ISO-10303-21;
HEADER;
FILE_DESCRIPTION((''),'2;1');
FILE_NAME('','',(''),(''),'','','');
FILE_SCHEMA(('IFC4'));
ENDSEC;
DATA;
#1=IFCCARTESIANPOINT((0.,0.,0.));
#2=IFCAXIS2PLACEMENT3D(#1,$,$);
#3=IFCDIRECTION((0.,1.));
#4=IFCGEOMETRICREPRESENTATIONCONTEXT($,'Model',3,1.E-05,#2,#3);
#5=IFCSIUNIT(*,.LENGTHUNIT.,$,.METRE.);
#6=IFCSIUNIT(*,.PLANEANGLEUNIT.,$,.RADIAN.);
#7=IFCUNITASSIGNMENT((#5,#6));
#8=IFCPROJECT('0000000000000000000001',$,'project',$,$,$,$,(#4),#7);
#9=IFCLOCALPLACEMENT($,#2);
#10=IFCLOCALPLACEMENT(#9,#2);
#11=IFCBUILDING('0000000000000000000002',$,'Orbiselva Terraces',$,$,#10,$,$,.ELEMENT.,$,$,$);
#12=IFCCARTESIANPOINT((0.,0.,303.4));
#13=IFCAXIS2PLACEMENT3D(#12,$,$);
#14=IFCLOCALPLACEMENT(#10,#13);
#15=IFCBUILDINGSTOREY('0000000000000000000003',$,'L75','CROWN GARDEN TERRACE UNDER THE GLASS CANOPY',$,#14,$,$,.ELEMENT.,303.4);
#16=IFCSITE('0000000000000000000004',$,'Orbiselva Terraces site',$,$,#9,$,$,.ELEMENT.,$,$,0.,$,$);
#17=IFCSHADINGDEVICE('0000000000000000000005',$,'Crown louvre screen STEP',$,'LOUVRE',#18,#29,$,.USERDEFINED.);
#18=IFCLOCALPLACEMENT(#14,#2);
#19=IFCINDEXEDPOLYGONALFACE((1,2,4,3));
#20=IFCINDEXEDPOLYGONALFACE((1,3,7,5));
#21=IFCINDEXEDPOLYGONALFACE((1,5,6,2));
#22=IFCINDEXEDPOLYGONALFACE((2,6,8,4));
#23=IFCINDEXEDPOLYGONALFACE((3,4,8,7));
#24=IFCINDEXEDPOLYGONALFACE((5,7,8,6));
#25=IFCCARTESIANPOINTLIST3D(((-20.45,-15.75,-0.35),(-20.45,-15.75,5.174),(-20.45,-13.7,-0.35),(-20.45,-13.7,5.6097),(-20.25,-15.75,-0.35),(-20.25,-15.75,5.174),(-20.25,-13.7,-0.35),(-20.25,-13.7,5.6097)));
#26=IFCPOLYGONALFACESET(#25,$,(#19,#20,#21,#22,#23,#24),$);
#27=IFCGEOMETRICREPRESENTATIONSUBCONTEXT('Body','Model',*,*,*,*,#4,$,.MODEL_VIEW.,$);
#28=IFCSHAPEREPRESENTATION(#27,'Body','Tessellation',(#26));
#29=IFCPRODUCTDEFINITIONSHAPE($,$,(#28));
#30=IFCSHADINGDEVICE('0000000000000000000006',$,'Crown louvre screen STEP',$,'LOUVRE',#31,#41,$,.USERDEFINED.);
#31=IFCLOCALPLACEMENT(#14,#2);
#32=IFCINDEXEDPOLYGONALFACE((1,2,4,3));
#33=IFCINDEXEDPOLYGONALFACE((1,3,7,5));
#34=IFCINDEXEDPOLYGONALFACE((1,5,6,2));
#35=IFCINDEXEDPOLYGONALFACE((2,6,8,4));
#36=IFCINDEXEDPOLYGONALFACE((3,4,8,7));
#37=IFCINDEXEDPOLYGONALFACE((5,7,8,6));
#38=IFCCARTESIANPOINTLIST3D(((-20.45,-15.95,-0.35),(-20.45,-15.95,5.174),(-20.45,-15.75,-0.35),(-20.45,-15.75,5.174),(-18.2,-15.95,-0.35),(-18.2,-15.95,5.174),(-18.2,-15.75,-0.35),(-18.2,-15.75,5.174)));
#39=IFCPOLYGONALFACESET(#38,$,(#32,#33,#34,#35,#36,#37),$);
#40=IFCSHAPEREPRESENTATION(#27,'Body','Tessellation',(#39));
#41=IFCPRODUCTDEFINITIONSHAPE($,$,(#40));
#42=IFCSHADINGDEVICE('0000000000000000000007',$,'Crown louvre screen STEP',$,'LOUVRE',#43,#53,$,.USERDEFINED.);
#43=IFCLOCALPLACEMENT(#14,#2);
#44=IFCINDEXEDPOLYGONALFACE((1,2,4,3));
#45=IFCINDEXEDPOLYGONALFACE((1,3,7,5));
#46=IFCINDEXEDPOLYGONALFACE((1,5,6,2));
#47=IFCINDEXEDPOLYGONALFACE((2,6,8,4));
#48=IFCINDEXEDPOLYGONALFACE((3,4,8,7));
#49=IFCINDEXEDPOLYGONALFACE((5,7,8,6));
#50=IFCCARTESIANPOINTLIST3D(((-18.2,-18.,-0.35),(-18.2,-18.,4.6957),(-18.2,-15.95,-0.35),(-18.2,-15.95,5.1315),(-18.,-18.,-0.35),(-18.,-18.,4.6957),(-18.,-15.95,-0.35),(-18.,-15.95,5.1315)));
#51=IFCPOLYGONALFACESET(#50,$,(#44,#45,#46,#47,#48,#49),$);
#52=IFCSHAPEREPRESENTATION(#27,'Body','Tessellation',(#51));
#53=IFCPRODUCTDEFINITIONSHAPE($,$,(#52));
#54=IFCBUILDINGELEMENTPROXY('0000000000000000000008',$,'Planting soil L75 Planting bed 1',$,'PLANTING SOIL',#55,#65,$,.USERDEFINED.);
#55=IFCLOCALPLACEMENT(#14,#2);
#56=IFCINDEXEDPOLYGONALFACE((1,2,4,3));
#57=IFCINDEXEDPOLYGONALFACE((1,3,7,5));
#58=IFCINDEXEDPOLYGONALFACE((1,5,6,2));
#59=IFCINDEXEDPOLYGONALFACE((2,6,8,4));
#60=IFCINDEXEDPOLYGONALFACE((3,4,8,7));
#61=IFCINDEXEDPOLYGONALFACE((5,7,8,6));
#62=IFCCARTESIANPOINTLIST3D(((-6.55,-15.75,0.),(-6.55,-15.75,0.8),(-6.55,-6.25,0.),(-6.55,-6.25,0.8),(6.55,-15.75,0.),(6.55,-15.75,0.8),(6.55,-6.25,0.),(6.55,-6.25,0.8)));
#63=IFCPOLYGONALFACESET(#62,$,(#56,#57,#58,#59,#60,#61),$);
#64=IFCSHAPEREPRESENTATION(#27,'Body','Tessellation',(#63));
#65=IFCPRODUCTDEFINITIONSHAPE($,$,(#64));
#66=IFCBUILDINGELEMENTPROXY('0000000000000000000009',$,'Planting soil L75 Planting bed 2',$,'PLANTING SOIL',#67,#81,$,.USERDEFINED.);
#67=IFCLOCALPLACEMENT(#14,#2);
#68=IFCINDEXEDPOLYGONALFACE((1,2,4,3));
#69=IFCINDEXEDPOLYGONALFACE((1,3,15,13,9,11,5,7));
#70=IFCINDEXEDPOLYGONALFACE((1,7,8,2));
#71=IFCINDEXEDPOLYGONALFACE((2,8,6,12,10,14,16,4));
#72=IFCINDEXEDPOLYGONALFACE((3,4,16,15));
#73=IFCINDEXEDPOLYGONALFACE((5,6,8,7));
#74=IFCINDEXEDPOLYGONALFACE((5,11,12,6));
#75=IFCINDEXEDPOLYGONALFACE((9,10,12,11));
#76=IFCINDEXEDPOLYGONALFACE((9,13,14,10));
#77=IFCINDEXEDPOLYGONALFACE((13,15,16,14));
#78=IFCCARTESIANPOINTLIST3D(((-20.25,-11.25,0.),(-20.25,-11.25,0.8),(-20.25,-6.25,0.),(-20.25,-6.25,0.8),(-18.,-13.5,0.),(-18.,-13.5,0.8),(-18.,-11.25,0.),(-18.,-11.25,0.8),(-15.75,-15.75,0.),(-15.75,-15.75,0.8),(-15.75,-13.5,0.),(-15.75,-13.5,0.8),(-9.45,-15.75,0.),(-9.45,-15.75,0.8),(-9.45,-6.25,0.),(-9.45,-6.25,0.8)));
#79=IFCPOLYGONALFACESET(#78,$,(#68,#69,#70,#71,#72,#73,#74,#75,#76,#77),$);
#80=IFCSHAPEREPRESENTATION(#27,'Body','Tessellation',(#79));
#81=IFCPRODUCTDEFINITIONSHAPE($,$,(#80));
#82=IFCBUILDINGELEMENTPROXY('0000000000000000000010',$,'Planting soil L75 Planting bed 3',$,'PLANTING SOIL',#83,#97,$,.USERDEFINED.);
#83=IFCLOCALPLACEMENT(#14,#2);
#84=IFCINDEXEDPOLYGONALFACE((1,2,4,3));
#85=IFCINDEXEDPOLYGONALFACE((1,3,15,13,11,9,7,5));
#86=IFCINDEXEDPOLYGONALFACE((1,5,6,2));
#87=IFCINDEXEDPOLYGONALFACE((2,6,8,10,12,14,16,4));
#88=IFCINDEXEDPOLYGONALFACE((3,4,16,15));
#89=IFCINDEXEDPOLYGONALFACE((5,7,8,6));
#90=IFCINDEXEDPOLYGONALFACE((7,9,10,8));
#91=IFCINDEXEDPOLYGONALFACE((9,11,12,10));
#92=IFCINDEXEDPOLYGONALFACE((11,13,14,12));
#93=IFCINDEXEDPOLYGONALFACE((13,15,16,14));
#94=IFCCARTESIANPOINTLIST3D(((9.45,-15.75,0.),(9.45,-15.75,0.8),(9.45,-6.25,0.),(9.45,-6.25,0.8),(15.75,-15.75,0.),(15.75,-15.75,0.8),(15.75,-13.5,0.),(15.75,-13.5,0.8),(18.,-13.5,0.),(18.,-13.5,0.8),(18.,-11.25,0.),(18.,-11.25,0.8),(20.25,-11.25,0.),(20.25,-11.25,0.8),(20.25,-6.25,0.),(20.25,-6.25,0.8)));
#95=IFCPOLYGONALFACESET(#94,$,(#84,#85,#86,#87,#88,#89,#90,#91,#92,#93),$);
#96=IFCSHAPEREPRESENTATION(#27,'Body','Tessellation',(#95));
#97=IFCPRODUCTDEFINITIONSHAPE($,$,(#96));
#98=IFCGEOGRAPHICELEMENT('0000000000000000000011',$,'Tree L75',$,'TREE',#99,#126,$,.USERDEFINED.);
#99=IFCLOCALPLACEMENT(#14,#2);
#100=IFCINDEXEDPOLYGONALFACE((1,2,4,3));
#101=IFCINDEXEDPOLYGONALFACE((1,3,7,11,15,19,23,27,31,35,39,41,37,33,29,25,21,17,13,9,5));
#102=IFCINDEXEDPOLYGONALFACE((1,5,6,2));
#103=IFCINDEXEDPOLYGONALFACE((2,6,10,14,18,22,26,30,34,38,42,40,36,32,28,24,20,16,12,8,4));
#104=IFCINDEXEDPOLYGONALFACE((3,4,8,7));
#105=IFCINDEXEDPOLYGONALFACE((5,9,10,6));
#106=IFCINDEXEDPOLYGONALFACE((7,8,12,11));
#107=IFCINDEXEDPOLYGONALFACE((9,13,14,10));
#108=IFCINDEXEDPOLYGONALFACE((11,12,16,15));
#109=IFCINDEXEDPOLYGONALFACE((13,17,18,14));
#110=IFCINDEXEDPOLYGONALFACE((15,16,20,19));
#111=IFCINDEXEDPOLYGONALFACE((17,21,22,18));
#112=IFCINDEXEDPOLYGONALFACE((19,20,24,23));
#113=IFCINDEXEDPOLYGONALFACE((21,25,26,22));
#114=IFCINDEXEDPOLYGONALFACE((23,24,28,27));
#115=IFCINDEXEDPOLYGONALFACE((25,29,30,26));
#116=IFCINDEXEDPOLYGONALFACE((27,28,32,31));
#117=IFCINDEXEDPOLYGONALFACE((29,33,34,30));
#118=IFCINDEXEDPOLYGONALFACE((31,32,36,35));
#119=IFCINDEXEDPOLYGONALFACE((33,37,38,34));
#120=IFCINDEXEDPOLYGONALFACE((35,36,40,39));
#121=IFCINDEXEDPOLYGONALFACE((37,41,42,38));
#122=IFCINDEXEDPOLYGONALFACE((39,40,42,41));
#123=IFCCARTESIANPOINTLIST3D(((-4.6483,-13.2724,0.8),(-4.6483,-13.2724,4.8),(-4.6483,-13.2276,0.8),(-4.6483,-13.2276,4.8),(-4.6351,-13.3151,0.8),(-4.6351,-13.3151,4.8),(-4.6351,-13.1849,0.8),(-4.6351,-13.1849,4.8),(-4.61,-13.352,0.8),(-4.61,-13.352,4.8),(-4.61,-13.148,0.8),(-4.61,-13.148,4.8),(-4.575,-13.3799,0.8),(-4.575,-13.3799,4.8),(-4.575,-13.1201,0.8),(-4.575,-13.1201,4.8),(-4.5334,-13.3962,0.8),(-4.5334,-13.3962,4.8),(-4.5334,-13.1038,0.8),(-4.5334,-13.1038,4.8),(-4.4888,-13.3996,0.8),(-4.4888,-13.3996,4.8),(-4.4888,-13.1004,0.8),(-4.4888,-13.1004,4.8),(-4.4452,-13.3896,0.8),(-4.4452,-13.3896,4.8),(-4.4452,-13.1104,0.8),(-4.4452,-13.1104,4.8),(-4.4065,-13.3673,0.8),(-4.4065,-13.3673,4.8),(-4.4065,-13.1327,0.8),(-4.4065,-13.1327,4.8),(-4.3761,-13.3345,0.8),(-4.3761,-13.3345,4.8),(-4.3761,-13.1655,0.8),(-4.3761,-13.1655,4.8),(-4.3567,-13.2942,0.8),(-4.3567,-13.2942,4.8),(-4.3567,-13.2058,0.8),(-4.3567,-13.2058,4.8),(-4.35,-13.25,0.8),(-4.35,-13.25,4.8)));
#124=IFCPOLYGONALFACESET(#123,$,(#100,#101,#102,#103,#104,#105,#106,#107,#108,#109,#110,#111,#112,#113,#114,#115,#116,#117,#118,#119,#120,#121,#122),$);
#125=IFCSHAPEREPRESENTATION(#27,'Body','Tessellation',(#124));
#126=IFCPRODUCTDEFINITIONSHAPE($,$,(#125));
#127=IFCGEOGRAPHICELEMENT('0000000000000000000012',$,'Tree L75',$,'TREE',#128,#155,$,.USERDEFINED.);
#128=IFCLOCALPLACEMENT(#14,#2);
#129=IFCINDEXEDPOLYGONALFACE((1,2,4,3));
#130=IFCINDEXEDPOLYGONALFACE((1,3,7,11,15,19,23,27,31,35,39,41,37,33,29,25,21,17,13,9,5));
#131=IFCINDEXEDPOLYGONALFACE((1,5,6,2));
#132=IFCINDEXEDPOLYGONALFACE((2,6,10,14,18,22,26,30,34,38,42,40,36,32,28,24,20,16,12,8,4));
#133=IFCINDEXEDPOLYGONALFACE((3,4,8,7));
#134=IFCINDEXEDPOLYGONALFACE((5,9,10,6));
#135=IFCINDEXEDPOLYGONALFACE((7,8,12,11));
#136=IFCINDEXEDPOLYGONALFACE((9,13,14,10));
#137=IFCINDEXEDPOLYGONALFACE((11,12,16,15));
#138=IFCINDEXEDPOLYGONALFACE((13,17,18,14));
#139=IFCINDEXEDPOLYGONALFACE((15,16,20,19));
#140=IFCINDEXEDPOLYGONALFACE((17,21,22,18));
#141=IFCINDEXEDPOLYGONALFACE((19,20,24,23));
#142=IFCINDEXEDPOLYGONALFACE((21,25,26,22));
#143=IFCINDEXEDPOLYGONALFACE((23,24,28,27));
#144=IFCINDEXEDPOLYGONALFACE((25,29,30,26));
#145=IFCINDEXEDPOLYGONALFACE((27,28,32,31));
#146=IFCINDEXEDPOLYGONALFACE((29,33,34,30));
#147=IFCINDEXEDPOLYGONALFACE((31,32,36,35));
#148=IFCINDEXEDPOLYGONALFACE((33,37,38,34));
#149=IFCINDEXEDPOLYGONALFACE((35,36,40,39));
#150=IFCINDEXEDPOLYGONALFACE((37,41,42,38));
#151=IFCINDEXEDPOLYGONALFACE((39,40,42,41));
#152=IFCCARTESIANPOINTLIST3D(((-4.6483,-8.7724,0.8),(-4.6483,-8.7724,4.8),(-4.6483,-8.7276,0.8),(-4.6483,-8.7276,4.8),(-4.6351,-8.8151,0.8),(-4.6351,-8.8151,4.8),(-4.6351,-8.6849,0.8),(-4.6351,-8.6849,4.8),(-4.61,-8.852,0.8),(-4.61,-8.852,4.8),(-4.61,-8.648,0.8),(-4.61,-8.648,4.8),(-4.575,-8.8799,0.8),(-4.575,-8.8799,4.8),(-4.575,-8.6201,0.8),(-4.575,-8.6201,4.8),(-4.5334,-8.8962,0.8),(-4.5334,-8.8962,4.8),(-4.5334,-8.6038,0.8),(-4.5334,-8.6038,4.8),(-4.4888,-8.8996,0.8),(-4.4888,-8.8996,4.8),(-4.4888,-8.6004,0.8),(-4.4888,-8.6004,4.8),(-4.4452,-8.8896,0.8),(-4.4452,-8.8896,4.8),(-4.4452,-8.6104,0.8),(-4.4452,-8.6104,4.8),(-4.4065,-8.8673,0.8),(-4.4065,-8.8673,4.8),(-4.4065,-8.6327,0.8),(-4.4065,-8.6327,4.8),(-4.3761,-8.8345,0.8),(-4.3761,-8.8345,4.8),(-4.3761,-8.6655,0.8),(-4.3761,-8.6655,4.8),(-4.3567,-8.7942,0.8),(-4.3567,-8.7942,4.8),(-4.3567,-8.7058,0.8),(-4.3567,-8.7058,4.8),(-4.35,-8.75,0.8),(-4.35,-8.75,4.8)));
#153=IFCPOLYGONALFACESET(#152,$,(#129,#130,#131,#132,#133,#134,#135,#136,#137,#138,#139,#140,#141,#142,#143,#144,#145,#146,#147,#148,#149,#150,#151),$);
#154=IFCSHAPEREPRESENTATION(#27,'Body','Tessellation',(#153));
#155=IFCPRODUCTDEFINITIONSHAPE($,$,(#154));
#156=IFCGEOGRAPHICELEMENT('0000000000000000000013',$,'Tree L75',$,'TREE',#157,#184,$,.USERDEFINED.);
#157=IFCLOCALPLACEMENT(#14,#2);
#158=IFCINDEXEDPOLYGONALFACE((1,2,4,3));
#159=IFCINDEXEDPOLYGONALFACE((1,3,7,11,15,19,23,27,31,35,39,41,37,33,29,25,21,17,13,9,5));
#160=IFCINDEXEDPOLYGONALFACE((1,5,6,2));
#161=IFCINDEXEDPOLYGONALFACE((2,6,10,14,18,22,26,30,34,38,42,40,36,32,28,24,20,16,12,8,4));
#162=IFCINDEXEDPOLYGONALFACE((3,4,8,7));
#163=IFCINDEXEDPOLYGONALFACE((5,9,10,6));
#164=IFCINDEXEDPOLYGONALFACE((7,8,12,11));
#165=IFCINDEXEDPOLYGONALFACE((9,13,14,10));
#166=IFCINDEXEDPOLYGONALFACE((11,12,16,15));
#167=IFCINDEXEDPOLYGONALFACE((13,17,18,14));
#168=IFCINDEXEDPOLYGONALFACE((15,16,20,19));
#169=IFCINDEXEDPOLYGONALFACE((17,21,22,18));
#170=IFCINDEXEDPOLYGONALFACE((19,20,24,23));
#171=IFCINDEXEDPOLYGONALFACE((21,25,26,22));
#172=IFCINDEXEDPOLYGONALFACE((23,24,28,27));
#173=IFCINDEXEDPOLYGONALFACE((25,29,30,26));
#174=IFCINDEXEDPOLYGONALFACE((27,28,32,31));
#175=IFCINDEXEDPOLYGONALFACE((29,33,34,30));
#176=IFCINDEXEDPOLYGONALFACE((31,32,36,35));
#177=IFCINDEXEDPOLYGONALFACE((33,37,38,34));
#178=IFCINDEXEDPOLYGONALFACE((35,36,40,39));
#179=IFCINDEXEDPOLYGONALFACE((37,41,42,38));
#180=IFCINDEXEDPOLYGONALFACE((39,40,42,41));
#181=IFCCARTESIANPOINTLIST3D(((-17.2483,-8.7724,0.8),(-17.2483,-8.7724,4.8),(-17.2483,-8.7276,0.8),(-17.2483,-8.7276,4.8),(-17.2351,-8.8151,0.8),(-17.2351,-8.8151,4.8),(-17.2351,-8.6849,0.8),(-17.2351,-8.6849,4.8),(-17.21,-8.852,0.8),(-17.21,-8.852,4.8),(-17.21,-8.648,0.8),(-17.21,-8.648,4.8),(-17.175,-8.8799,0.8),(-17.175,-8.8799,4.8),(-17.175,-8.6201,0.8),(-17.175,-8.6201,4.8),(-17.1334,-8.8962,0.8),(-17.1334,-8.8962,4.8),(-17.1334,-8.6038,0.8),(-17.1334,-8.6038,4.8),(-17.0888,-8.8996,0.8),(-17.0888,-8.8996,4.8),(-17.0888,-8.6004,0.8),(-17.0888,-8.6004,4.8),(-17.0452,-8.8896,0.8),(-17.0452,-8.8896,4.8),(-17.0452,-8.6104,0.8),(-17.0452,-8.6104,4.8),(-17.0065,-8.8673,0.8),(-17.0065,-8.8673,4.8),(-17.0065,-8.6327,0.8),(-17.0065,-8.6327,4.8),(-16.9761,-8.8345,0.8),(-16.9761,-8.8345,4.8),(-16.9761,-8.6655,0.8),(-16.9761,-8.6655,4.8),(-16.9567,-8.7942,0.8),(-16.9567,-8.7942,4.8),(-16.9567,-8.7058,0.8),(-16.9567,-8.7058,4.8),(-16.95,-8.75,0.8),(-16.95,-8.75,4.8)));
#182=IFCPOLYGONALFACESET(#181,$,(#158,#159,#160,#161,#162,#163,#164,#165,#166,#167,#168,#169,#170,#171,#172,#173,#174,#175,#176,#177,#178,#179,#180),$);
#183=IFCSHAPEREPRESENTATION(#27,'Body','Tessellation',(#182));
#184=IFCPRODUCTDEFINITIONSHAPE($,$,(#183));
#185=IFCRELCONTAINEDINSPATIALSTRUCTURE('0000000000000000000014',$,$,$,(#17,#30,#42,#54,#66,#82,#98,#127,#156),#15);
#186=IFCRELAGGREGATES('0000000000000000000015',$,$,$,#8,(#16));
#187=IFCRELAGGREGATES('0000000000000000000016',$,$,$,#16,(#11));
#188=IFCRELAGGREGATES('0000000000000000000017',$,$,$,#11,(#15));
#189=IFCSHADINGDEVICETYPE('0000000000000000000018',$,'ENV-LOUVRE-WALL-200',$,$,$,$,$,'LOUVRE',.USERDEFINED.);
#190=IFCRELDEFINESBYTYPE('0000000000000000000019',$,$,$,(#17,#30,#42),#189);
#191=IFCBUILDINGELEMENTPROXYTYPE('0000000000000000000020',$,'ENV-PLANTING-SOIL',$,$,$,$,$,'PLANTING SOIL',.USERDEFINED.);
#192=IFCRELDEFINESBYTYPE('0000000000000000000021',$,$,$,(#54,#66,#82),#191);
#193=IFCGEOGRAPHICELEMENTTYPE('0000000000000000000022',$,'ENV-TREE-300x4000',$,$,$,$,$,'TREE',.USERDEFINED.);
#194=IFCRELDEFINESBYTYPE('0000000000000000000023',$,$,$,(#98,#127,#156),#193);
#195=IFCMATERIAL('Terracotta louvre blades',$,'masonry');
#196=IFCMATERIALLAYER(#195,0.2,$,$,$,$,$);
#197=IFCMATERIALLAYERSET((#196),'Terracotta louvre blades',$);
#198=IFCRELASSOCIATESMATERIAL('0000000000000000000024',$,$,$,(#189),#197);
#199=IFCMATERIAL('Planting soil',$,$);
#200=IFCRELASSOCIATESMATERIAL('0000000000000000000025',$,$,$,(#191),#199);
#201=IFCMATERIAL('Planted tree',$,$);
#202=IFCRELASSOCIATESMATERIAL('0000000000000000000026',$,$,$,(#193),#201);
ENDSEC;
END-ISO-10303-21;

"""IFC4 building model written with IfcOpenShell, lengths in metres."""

from ifc_helpers import new_model, si_unit, direction, frame, origin, origin_2d, place, context, subcontext, project, spatial, polyline, circle, outline, extrude, material, layer, layer_set, type_object, element, save


model = new_model("IFC4")

# Units and contexts
model_context = context("Model", 3, precision=1e-05, world=origin(), true_north=direction((0.0, 1.0)))
body_context = subcontext(model_context, "Body", "Model", "MODEL_VIEW")
ifc_project = project(units=[si_unit("LENGTHUNIT", "METRE"), si_unit("PLANEANGLEUNIT", "RADIAN")], contexts=[model_context])

# Site, building, storey
site_placement = place(None, origin())
site = spatial("IfcSite", under=ifc_project, at=site_placement, Name="Orbiselva Terraces site", CompositionType="ELEMENT", RefElevation=0.0)
building_placement = place(site_placement, origin())
building = spatial("IfcBuilding", under=site, at=building_placement, Name="Orbiselva Terraces", CompositionType="ELEMENT")
storey_placement = place(building_placement, frame((0.0, 0.0, 303.4)))
storey = spatial("IfcBuildingStorey", under=building, at=storey_placement, Name="L75", Description="CROWN GARDEN TERRACE UNDER THE GLASS CANOPY", CompositionType="ELEMENT", Elevation=303.4)

# Shading devices
ifc_material_1 = material(Name="Terracotta louvre blades", Category="masonry")
ifc_layer_1 = layer(ifc_material_1, 0.2)
ifc_layer_set_1 = layer_set([ifc_layer_1], Name="Terracotta louvre blades")
shading_device_type = type_object("IfcShadingDeviceType", Name="ENV-LOUVRE-WALL-200", ElementType="LOUVRE", PredefinedType="USERDEFINED", material=ifc_layer_set_1)
shading_device_1_placement = place(storey_placement, frame((-20.35, -13.7, -0.35), z_axis=(0.0, 0.0, 1.0), x_axis=(0.0, -1.0, 0.0)))
element("IfcShadingDevice", 1, at=shading_device_1_placement, inside=storey, type_object=shading_device_type, Name="Crown louvre screen STEP", ObjectType="LOUVRE", PredefinedType="USERDEFINED", context=body_context, shape_type="SweptSolid", body=[
    extrude(outline(polyline([(0.0, 0.0), (2.05, 0.0), (2.05, 5.524), (0.0, 5.9597), (0.0, 0.0)])), frame((0.0, 0.1, 0.0), z_axis=(0.0, -1.0, 0.0), x_axis=(1.0, 0.0, 0.0)), (0.0, 0.0, 1.0), 0.2),
])
shading_device_2_placement = place(storey_placement, frame((-20.45, -15.85, -0.35), z_axis=(0.0, 0.0, 1.0), x_axis=(1.0, 0.0, 0.0)))
element("IfcShadingDevice", 2, at=shading_device_2_placement, inside=storey, type_object=shading_device_type, Name="Crown louvre screen STEP", ObjectType="LOUVRE", PredefinedType="USERDEFINED", context=body_context, shape_type="SweptSolid", body=[
    extrude(outline(polyline([(0.0, 0.0), (2.25, 0.0), (2.25, 5.524), (0.0, 5.524), (0.0, 0.0)])), frame((0.0, 0.1, 0.0), z_axis=(0.0, -1.0, 0.0), x_axis=(1.0, 0.0, 0.0)), (0.0, 0.0, 1.0), 0.2),
])
shading_device_3_placement = place(storey_placement, frame((-18.1, -15.95, -0.35), z_axis=(0.0, 0.0, 1.0), x_axis=(0.0, -1.0, 0.0)))
element("IfcShadingDevice", 3, at=shading_device_3_placement, inside=storey, type_object=shading_device_type, Name="Crown louvre screen STEP", ObjectType="LOUVRE", PredefinedType="USERDEFINED", context=body_context, shape_type="SweptSolid", body=[
    extrude(outline(polyline([(0.0, 0.0), (2.05, 0.0), (2.05, 5.0457), (0.0, 5.4815), (0.0, 0.0)])), frame((0.0, 0.1, 0.0), z_axis=(0.0, -1.0, 0.0), x_axis=(1.0, 0.0, 0.0)), (0.0, 0.0, 1.0), 0.2),
])

# Building element proxies
ifc_material_2 = material(Name="Planting soil")
building_element_proxy_type = type_object("IfcBuildingElementProxyType", Name="ENV-PLANTING-SOIL", ElementType="PLANTING SOIL", PredefinedType="USERDEFINED", material=ifc_material_2)
proxy_1_placement = place(storey_placement, origin())
element("IfcBuildingElementProxy", 4, at=proxy_1_placement, inside=storey, type_object=building_element_proxy_type, Name="Planting soil L75 Planting bed 1", ObjectType="PLANTING SOIL", PredefinedType="USERDEFINED", context=body_context, shape_type="SweptSolid", body=[
    extrude(outline(polyline([(-6.55, -15.75), (-6.55, -6.25), (6.55, -6.25), (6.55, -15.75), (-6.55, -15.75)])), origin(), (0.0, 0.0, 1.0), 0.8),
])
proxy_2_placement = place(storey_placement, origin())
element("IfcBuildingElementProxy", 5, at=proxy_2_placement, inside=storey, type_object=building_element_proxy_type, Name="Planting soil L75 Planting bed 2", ObjectType="PLANTING SOIL", PredefinedType="USERDEFINED", context=body_context, shape_type="SweptSolid", body=[
    extrude(outline(polyline([(-15.75, -15.75), (-15.75, -13.5), (-18.0, -13.5), (-18.0, -11.25), (-20.25, -11.25), (-20.25, -6.25), (-9.45, -6.25), (-9.45, -15.75), (-15.75, -15.75)])), origin(), (0.0, 0.0, 1.0), 0.8),
])
proxy_3_placement = place(storey_placement, origin())
element("IfcBuildingElementProxy", 6, at=proxy_3_placement, inside=storey, type_object=building_element_proxy_type, Name="Planting soil L75 Planting bed 3", ObjectType="PLANTING SOIL", PredefinedType="USERDEFINED", context=body_context, shape_type="SweptSolid", body=[
    extrude(outline(polyline([(20.25, -11.25), (18.0, -11.25), (18.0, -13.5), (15.75, -13.5), (15.75, -15.75), (9.45, -15.75), (9.45, -6.25), (20.25, -6.25), (20.25, -11.25)])), origin(), (0.0, 0.0, 1.0), 0.8),
])

# Geographic elements
ifc_material_3 = material(Name="Planted tree")
geographic_element_type = type_object("IfcGeographicElementType", Name="ENV-TREE-300x4000", ElementType="TREE", PredefinedType="USERDEFINED", material=ifc_material_3)
for number, where, z_axis, x_axis, name in (
    (7, (-4.5, -13.25, 4.8), (0.0, 0.0, -1.0), (1.0, 0.0, 0.0), "Tree L75"),
    (8, (-4.5, -8.75, 4.8), (0.0, 0.0, -1.0), (1.0, 0.0, 0.0), "Tree L75"),
    (9, (-17.1, -8.75, 4.8), (0.0, 0.0, -1.0), (1.0, 0.0, 0.0), "Tree L75"),
):
    element("IfcGeographicElement", number, at=place(storey_placement, frame(where, z_axis=z_axis, x_axis=x_axis)), inside=storey, type_object=geographic_element_type, Name=name, ObjectType="TREE", PredefinedType="USERDEFINED", context=body_context, shape_type="SweptSolid", body=[
        extrude(circle(Radius=0.15, at=origin_2d()), origin(), (0.0, 0.0, 1.0), 4.0),
    ])

save(model, "model.ifc")
